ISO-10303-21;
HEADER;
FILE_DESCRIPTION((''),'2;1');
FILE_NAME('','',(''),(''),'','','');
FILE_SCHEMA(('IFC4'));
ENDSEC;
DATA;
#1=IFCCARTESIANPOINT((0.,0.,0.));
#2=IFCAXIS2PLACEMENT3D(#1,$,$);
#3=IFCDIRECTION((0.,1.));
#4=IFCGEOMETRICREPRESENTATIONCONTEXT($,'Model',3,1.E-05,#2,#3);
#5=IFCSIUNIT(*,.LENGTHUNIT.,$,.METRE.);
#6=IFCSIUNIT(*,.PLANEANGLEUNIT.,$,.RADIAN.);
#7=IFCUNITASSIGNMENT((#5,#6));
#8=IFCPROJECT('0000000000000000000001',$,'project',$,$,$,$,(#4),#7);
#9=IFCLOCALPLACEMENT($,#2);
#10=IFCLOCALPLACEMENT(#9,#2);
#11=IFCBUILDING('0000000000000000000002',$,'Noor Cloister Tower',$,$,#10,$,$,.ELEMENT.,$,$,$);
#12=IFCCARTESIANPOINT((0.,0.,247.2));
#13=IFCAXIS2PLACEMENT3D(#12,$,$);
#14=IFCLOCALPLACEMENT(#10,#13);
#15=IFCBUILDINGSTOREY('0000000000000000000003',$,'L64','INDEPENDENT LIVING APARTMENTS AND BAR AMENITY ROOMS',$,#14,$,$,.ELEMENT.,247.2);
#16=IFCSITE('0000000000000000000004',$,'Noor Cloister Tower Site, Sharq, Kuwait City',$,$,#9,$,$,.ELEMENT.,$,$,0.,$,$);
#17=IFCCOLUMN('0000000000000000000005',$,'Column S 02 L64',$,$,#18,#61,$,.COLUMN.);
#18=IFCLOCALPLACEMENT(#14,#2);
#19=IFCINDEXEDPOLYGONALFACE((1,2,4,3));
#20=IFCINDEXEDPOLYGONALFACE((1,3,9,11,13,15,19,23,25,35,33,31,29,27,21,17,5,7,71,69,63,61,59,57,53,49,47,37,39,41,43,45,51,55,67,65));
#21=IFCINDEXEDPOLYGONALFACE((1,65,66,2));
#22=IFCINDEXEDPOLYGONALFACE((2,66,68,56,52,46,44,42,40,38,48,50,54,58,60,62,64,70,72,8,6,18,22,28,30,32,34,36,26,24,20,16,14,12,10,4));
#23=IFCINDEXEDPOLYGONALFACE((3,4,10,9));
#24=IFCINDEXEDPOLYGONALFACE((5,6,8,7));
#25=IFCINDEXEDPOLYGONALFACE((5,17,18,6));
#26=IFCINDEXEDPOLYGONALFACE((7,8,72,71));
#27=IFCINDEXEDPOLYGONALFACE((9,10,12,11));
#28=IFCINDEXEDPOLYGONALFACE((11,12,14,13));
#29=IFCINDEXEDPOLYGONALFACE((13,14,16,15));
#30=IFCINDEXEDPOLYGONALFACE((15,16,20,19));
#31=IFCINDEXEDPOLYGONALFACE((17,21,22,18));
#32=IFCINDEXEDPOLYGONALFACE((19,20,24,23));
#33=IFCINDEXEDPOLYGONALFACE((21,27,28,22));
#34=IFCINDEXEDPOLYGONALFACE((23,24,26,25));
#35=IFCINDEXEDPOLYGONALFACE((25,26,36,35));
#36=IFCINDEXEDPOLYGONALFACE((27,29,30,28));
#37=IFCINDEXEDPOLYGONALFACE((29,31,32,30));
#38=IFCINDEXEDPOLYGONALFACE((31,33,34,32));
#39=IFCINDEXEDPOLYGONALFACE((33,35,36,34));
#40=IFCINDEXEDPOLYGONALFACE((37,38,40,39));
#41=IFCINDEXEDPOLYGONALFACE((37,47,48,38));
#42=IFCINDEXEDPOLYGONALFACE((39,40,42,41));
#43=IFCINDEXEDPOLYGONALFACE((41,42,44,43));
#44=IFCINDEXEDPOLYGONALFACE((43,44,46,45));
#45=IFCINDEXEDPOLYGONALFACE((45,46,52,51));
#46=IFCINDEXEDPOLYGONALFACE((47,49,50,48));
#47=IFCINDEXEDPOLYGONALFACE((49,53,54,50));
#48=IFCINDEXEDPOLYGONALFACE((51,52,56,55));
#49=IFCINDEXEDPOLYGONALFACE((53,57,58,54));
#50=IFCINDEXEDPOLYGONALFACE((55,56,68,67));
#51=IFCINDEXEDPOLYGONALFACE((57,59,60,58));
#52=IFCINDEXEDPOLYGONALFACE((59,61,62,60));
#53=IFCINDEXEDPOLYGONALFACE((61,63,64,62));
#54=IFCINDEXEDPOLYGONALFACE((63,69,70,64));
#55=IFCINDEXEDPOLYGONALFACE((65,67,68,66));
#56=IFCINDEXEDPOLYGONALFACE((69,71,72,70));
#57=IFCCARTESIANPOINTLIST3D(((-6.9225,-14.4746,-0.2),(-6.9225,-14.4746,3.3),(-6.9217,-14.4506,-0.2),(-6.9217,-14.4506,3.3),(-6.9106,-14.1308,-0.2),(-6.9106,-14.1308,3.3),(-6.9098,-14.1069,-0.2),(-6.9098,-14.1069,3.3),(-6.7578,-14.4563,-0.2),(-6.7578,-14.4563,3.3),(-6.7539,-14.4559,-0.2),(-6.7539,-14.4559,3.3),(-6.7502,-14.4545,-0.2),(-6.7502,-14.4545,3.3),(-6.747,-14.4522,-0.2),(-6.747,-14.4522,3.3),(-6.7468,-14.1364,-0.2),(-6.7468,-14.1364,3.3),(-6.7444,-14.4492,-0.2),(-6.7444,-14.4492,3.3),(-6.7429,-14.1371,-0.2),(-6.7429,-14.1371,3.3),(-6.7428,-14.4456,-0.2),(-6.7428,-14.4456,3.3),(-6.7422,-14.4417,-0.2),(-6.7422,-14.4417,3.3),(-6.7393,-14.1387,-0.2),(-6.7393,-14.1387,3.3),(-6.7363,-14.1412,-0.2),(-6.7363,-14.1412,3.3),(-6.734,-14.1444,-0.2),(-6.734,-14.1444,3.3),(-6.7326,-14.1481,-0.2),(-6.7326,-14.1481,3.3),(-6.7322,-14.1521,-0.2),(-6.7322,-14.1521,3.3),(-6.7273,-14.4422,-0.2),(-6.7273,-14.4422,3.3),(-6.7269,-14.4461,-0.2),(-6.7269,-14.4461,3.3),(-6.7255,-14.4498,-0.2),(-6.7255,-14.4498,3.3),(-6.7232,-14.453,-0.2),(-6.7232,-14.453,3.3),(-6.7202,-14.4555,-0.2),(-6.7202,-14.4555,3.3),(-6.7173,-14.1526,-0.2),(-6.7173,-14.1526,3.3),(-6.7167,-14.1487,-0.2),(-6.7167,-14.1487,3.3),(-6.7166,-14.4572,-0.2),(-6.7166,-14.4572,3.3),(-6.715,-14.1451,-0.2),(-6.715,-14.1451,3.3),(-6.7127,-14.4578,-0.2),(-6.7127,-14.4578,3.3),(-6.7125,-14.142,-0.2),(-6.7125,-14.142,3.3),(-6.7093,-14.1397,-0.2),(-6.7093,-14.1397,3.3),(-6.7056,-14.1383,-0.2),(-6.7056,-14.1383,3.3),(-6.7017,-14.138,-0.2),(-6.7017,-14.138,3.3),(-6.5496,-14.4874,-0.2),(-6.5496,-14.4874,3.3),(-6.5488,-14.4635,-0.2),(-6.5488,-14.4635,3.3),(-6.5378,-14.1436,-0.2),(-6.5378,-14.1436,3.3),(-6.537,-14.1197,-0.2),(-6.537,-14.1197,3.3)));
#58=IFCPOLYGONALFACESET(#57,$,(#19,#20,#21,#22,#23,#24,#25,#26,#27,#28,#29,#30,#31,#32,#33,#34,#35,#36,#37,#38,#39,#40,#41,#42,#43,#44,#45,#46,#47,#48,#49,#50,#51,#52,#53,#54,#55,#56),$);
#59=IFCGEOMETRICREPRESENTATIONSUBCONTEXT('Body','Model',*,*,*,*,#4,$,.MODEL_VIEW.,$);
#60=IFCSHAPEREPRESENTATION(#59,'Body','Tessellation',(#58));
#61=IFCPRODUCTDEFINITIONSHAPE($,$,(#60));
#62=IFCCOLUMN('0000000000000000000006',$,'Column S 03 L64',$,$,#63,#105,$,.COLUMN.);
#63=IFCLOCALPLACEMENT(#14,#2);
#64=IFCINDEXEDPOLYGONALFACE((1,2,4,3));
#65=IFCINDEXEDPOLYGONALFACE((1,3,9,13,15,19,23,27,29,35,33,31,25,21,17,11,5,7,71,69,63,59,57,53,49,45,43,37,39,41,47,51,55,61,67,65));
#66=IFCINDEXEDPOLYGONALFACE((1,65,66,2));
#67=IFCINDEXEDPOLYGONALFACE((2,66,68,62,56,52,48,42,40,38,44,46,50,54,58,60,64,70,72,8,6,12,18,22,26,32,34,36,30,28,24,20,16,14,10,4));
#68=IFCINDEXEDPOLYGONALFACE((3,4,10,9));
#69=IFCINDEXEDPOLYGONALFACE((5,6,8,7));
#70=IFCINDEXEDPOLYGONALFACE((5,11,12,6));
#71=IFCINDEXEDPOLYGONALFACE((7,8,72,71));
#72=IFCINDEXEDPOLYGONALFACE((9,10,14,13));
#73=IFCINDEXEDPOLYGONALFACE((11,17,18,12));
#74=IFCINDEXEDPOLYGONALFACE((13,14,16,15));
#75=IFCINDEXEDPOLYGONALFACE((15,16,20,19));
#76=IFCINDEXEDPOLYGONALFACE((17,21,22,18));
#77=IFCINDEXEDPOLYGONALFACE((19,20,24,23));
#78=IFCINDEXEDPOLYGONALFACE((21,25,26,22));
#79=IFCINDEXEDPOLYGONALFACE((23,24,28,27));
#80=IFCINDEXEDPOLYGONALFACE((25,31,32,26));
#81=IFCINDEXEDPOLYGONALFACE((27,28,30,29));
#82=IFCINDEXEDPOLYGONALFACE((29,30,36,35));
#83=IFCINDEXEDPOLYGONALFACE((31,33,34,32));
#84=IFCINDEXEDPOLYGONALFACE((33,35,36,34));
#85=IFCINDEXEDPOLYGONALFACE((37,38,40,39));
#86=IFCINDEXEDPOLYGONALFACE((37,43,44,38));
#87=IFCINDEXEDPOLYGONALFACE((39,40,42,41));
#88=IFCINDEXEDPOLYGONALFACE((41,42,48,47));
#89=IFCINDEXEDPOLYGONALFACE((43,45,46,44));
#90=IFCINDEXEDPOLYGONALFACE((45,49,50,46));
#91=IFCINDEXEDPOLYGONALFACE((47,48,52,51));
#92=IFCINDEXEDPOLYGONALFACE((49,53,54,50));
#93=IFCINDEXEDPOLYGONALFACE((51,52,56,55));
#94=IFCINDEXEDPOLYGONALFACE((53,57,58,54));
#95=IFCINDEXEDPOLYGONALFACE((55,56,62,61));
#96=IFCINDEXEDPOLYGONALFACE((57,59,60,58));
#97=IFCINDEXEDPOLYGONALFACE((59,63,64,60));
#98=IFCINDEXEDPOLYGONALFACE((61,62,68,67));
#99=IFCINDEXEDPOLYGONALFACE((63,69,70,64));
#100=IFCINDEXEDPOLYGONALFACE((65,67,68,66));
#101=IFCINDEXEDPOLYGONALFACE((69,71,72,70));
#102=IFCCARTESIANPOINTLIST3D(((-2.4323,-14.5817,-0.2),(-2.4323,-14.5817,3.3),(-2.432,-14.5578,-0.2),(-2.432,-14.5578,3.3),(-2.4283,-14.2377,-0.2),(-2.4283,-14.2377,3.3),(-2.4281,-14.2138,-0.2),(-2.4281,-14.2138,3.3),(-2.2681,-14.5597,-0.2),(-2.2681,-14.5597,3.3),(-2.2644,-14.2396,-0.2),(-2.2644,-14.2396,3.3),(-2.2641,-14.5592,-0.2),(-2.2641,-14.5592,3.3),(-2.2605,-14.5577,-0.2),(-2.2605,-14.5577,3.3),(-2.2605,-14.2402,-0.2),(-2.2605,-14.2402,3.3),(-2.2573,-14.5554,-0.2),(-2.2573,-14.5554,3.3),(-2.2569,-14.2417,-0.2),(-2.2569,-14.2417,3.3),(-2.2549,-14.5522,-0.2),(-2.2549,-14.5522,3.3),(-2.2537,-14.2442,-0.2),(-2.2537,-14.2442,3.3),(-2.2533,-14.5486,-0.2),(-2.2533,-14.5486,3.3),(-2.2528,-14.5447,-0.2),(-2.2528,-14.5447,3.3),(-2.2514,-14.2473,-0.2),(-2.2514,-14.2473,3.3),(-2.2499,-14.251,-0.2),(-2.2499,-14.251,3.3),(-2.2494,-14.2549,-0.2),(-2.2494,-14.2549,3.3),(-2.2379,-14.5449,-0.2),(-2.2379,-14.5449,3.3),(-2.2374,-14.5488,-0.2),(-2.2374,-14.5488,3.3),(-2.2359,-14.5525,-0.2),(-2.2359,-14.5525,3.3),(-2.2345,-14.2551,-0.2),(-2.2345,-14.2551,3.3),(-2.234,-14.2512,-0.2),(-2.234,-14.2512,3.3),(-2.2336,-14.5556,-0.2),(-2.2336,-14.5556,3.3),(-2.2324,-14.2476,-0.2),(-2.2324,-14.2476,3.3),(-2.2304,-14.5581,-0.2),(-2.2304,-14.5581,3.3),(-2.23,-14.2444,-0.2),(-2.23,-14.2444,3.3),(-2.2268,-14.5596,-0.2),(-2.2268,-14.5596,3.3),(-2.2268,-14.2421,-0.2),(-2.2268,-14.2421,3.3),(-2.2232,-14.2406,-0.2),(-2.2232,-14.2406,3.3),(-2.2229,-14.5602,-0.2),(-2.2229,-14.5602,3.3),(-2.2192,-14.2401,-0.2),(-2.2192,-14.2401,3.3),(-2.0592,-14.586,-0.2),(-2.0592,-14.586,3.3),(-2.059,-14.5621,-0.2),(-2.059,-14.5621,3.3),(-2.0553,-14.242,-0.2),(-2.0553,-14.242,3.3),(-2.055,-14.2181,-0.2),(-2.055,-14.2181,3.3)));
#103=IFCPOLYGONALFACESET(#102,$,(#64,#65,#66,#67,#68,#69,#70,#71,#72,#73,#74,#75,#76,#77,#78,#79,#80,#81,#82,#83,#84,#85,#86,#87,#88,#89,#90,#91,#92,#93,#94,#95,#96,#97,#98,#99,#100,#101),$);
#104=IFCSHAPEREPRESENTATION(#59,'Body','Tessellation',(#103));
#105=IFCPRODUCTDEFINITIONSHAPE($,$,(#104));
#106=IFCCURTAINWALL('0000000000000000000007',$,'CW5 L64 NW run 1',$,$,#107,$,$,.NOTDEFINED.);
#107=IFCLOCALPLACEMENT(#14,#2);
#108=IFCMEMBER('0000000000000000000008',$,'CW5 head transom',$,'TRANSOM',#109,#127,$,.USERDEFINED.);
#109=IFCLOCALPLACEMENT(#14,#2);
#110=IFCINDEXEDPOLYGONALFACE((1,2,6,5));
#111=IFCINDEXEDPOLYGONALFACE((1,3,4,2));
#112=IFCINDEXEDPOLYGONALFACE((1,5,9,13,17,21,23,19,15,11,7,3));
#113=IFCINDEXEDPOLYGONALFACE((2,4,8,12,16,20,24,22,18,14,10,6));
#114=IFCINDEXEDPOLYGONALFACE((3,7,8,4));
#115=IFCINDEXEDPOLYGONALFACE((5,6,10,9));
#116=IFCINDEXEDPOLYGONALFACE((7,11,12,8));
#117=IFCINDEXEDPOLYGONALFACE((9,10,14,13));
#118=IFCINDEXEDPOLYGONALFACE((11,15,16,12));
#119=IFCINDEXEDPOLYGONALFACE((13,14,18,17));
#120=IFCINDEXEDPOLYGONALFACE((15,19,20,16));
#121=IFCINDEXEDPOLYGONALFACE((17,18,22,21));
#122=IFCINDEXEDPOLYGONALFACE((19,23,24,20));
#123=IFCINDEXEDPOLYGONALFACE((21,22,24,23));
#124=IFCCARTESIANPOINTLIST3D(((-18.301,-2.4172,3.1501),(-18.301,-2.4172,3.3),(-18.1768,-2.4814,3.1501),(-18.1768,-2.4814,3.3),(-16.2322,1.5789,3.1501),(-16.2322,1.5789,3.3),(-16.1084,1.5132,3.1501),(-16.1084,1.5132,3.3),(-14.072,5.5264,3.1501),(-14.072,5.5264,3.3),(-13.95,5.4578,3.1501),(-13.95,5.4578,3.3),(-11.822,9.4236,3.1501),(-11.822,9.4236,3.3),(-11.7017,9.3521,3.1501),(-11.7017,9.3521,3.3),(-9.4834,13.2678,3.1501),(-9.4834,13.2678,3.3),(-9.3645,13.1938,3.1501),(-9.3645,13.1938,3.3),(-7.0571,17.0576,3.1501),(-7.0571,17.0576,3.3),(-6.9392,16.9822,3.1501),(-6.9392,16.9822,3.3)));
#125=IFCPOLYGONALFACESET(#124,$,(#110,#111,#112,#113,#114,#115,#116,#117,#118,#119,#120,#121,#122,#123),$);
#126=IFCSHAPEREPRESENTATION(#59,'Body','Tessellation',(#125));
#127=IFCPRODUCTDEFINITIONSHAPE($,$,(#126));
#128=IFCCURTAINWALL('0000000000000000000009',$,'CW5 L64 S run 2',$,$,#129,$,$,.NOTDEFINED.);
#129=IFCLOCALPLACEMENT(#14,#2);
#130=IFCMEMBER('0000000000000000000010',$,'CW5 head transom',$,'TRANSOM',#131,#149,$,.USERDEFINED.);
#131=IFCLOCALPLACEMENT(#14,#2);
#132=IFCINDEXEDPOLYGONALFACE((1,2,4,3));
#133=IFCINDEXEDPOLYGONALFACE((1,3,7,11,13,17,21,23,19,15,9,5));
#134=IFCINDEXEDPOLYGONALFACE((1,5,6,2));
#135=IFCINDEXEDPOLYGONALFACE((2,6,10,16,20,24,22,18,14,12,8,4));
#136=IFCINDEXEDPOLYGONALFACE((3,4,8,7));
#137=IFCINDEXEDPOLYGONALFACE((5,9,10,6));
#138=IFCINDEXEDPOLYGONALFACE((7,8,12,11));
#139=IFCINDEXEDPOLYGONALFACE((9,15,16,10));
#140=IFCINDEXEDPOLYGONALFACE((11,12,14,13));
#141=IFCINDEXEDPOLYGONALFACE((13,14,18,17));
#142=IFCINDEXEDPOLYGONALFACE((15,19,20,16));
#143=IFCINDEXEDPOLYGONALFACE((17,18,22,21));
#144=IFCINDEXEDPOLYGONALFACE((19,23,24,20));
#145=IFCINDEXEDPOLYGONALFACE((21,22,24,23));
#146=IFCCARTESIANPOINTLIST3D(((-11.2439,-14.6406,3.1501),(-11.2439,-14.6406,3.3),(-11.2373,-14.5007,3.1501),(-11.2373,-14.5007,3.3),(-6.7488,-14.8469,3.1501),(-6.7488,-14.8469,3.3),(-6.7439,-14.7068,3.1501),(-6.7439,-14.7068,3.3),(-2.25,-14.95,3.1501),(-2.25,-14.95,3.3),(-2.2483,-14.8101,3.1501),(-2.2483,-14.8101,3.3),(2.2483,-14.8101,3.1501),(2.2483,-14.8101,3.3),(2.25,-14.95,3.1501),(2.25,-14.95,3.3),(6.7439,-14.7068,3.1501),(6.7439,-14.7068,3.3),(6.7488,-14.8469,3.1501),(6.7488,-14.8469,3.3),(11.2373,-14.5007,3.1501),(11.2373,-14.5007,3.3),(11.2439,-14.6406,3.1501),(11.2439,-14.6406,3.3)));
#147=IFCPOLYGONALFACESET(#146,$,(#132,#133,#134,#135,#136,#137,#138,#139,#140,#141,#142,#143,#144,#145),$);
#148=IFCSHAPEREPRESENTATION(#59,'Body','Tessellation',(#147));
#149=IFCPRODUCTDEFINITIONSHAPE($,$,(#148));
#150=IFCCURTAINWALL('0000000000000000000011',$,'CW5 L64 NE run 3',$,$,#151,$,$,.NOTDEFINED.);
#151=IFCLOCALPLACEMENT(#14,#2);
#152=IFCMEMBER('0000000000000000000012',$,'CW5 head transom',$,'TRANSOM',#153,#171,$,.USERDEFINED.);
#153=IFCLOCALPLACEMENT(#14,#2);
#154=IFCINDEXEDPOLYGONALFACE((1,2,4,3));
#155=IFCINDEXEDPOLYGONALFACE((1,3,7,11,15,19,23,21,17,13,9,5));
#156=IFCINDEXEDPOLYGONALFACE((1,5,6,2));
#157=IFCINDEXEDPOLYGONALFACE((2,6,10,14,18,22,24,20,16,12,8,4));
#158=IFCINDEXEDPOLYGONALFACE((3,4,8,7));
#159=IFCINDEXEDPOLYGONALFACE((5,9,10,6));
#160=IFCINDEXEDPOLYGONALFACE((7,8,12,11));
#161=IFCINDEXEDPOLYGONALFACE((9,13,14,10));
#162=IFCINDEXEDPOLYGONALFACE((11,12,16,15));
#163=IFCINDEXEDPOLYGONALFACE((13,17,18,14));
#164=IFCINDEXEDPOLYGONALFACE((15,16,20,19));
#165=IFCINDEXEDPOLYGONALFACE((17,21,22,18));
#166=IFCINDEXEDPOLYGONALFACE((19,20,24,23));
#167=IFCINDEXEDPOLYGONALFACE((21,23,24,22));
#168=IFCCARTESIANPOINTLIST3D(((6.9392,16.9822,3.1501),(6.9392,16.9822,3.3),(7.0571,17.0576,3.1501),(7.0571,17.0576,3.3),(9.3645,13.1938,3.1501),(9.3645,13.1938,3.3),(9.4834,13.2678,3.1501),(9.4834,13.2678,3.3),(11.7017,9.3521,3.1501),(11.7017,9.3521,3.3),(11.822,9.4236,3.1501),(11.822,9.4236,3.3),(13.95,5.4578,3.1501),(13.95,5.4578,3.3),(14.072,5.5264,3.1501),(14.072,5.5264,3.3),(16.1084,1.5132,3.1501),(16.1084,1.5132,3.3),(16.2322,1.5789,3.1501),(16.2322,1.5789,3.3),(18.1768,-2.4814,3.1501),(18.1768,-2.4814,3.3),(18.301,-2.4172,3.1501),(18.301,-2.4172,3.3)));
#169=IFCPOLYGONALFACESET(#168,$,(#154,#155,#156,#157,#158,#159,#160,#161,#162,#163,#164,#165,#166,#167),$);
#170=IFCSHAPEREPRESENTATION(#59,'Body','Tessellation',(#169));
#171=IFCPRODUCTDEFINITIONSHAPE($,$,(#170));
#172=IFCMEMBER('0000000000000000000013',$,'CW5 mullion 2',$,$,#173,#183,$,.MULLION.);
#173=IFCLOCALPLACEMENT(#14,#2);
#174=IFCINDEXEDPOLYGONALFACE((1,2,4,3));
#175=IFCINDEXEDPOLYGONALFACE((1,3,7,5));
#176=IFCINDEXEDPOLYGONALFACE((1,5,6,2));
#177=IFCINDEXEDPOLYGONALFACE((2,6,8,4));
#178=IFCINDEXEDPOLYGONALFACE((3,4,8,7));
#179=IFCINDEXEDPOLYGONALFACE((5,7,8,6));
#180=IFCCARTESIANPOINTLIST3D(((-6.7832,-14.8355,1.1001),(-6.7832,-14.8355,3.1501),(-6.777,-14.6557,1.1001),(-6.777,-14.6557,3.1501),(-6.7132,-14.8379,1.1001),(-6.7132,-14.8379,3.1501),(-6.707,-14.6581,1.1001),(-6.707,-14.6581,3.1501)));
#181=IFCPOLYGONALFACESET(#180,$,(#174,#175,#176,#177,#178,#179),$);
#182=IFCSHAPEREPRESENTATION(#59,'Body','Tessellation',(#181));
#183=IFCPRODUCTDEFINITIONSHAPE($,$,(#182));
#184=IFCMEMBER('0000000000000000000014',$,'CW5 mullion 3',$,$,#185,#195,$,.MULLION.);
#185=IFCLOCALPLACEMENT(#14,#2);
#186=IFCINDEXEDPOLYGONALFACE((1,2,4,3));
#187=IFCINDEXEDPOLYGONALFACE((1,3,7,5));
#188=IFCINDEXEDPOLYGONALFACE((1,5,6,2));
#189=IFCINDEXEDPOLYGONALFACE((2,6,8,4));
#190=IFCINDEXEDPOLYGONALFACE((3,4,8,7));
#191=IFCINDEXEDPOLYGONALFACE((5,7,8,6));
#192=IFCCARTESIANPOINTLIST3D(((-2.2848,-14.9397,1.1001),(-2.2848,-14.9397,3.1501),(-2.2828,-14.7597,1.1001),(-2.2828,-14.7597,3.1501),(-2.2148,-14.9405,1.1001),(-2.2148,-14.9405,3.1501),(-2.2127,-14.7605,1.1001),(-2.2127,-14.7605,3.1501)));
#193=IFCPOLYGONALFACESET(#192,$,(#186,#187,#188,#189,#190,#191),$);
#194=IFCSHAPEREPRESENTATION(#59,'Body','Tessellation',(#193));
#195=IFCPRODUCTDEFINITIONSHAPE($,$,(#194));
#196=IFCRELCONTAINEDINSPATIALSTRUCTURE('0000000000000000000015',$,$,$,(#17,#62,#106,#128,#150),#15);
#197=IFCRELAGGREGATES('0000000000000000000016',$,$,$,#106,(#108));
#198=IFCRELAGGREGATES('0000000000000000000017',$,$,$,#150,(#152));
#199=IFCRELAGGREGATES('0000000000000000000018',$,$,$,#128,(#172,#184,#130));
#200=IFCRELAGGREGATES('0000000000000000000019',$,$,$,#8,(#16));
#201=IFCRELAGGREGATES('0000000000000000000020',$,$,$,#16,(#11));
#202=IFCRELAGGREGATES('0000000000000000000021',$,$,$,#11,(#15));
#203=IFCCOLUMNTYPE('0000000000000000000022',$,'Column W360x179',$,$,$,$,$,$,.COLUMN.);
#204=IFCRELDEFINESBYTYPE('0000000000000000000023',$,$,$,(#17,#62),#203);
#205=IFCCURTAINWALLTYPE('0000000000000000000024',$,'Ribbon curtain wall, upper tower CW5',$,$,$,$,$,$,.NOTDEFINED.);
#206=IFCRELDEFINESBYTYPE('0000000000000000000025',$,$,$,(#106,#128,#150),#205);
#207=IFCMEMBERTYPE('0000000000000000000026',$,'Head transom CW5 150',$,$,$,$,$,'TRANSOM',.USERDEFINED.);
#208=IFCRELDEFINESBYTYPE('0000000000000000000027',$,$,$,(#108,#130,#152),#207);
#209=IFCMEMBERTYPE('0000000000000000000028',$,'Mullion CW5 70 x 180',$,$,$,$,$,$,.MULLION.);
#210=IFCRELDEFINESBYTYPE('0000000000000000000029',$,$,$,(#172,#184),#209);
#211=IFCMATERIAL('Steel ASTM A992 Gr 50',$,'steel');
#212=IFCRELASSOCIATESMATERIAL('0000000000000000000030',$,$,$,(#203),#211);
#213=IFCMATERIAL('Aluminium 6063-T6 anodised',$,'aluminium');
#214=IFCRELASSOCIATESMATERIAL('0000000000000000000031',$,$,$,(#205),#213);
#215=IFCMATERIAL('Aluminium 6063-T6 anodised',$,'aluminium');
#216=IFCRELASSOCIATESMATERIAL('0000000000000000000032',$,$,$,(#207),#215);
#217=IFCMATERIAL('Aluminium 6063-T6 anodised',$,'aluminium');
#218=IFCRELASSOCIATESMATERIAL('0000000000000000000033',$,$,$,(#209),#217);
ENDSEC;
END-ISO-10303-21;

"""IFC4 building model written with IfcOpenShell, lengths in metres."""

from ifc_helpers import new_model, si_unit, direction, frame, origin, origin_2d, place, context, subcontext, project, spatial, polyline, rectangle, i_section, outline, extrude, material, material_profile, profile_set, type_object, element, aggregate, save


model = new_model("IFC4")

# Units and contexts
model_context = context("Model", 3, precision=1e-05, world=origin(), true_north=direction((0.0, 1.0)))
body_context = subcontext(model_context, "Body", "Model", "MODEL_VIEW")
ifc_project = project(units=[si_unit("LENGTHUNIT", "METRE"), si_unit("PLANEANGLEUNIT", "RADIAN")], contexts=[model_context])

# Site, building, storey
site_placement = place(None, origin())
site = spatial("IfcSite", under=ifc_project, at=site_placement, Name="Noor Cloister Tower Site, Sharq, Kuwait City", CompositionType="ELEMENT", RefElevation=0.0)
building_placement = place(site_placement, origin())
building = spatial("IfcBuilding", under=site, at=building_placement, Name="Noor Cloister Tower", CompositionType="ELEMENT")
storey_placement = place(building_placement, frame((0.0, 0.0, 247.2)))
storey = spatial("IfcBuildingStorey", under=building, at=storey_placement, Name="L64", Description="INDEPENDENT LIVING APARTMENTS AND BAR AMENITY ROOMS", CompositionType="ELEMENT", Elevation=247.2)

# Columns
ifc_material_1 = material(Name="Steel ASTM A992 Gr 50", Category="steel")
ifc_material_profile_1 = material_profile(ifc_material_1, i_section(OverallWidth=0.373, OverallDepth=0.3679, WebThickness=0.0149, FlangeThickness=0.0239, FilletRadius=0.0151, at=origin_2d()), Name="W360x179")
ifc_profile_set_1 = profile_set([ifc_material_profile_1], Name="Steel ASTM A992 Gr 50")
column_type = type_object("IfcColumnType", Name="Column W360x179", PredefinedType="COLUMN", material=ifc_profile_set_1)
for number, where, z_axis, x_axis, name in (
    (1, (-6.7297, -14.2971, -0.2), (0.0, 0.0, 1.0), (0.999409, -0.034383, 0.0), "Column S 02 L64"),
    (2, (-2.2437, -14.3999, -0.2), (0.0, 0.0, 1.0), (0.999934, -0.011463, 0.0), "Column S 03 L64"),
):
    element("IfcColumn", number, at=place(storey_placement, frame(where, z_axis=z_axis, x_axis=x_axis)), inside=storey, type_object=column_type, Name=name, PredefinedType="COLUMN", context=body_context, shape_type="SweptSolid", body=[
        extrude(i_section(OverallWidth=0.373, OverallDepth=0.3679, WebThickness=0.0149, FlangeThickness=0.0239, FilletRadius=0.0151, at=origin_2d()), origin(), (0.0, 0.0, 1.0), 3.5),
    ])

# Curtain walls, members
ifc_material_2 = material(Name="Aluminium 6063-T6 anodised", Category="aluminium")
curtain_wall_type = type_object("IfcCurtainWallType", Name="Ribbon curtain wall, upper tower CW5", PredefinedType="NOTDEFINED", material=ifc_material_2)
curtain_wall_1_placement = place(storey_placement, origin())
curtain_wall_1 = element("IfcCurtainWall", 3, at=curtain_wall_1_placement, inside=storey, type_object=curtain_wall_type, Name="CW5 L64 NW run 1", PredefinedType="NOTDEFINED")
ifc_material_3 = material(Name="Aluminium 6063-T6 anodised", Category="aluminium")
member_type_1 = type_object("IfcMemberType", Name="Head transom CW5 150", ElementType="TRANSOM", PredefinedType="USERDEFINED", material=ifc_material_3)
member_1_placement = place(storey_placement, frame((0.0, 0.0, 3.1501)))
member_1 = element("IfcMember", 4, at=member_1_placement, type_object=member_type_1, Name="CW5 head transom", ObjectType="TRANSOM", PredefinedType="USERDEFINED", context=body_context, shape_type="SweptSolid", body=[
    extrude(outline(polyline([(-7.0571, 17.0576), (-9.4834, 13.2678), (-11.822, 9.4236), (-14.072, 5.5264), (-16.2322, 1.5789), (-18.301, -2.4172), (-18.1768, -2.4814), (-16.1084, 1.5132), (-13.95, 5.4578), (-11.7017, 9.3521), (-9.3645, 13.1938), (-6.9392, 16.9822), (-7.0571, 17.0576)])), origin(), (0.0, 0.0, 1.0), 0.1499),
])
curtain_wall_2_placement = place(storey_placement, origin())
curtain_wall_2 = element("IfcCurtainWall", 5, at=curtain_wall_2_placement, inside=storey, type_object=curtain_wall_type, Name="CW5 L64 S run 2", PredefinedType="NOTDEFINED")
member_2_placement = place(storey_placement, frame((0.0, 0.0, 3.1501)))
member_2 = element("IfcMember", 6, at=member_2_placement, type_object=member_type_1, Name="CW5 head transom", ObjectType="TRANSOM", PredefinedType="USERDEFINED", context=body_context, shape_type="SweptSolid", body=[
    extrude(outline(polyline([(-11.2439, -14.6406), (-6.7488, -14.8469), (-2.25, -14.95), (2.25, -14.95), (6.7488, -14.8469), (11.2439, -14.6406), (11.2373, -14.5007), (6.7439, -14.7068), (2.2483, -14.8101), (-2.2483, -14.8101), (-6.7439, -14.7068), (-11.2373, -14.5007), (-11.2439, -14.6406)])), origin(), (0.0, 0.0, 1.0), 0.1499),
])
curtain_wall_3_placement = place(storey_placement, origin())
curtain_wall_3 = element("IfcCurtainWall", 7, at=curtain_wall_3_placement, inside=storey, type_object=curtain_wall_type, Name="CW5 L64 NE run 3", PredefinedType="NOTDEFINED")
member_3_placement = place(storey_placement, frame((0.0, 0.0, 3.1501)))
member_3 = element("IfcMember", 8, at=member_3_placement, type_object=member_type_1, Name="CW5 head transom", ObjectType="TRANSOM", PredefinedType="USERDEFINED", context=body_context, shape_type="SweptSolid", body=[
    extrude(outline(polyline([(18.301, -2.4172), (16.2322, 1.5789), (14.072, 5.5264), (11.822, 9.4236), (9.4834, 13.2678), (7.0571, 17.0576), (6.9392, 16.9822), (9.3645, 13.1938), (11.7017, 9.3521), (13.95, 5.4578), (16.1084, 1.5132), (18.1768, -2.4814), (18.301, -2.4172)])), origin(), (0.0, 0.0, 1.0), 0.1499),
])

# Members
ifc_material_4 = material(Name="Aluminium 6063-T6 anodised", Category="aluminium")
ifc_material_profile_2 = material_profile(ifc_material_4, rectangle(XDim=0.1799, YDim=0.0701, at=origin_2d()), Name="180 x 70 mullion")
ifc_profile_set_2 = profile_set([ifc_material_profile_2], Name="Aluminium 6063-T6 anodised")
member_type_2 = type_object("IfcMemberType", Name="Mullion CW5 70 x 180", PredefinedType="MULLION", material=ifc_profile_set_2)
member_4_placement = place(storey_placement, frame((-6.7451, -14.7468, 1.1001), z_axis=(0.0, 0.0, 1.0), x_axis=(0.034383, 0.999409, 0.0)))
member_4 = element("IfcMember", 9, at=member_4_placement, type_object=member_type_2, Name="CW5 mullion 2", PredefinedType="MULLION", context=body_context, shape_type="SweptSolid", body=[
    extrude(rectangle(XDim=0.1799, YDim=0.0701, at=origin_2d()), origin(), (0.0, 0.0, 1.0), 2.05),
])
member_5_placement = place(storey_placement, frame((-2.2488, -14.8501, 1.1001), z_axis=(0.0, 0.0, 1.0), x_axis=(0.011463, 0.999934, 0.0)))
member_5 = element("IfcMember", 10, at=member_5_placement, type_object=member_type_2, Name="CW5 mullion 3", PredefinedType="MULLION", context=body_context, shape_type="SweptSolid", body=[
    extrude(rectangle(XDim=0.1799, YDim=0.0701, at=origin_2d()), origin(), (0.0, 0.0, 1.0), 2.05),
])

aggregate(curtain_wall_1, [member_1])
aggregate(curtain_wall_3, [member_3])

aggregate(curtain_wall_2, [member_4, member_5, member_2])

save(model, "model.ifc")
